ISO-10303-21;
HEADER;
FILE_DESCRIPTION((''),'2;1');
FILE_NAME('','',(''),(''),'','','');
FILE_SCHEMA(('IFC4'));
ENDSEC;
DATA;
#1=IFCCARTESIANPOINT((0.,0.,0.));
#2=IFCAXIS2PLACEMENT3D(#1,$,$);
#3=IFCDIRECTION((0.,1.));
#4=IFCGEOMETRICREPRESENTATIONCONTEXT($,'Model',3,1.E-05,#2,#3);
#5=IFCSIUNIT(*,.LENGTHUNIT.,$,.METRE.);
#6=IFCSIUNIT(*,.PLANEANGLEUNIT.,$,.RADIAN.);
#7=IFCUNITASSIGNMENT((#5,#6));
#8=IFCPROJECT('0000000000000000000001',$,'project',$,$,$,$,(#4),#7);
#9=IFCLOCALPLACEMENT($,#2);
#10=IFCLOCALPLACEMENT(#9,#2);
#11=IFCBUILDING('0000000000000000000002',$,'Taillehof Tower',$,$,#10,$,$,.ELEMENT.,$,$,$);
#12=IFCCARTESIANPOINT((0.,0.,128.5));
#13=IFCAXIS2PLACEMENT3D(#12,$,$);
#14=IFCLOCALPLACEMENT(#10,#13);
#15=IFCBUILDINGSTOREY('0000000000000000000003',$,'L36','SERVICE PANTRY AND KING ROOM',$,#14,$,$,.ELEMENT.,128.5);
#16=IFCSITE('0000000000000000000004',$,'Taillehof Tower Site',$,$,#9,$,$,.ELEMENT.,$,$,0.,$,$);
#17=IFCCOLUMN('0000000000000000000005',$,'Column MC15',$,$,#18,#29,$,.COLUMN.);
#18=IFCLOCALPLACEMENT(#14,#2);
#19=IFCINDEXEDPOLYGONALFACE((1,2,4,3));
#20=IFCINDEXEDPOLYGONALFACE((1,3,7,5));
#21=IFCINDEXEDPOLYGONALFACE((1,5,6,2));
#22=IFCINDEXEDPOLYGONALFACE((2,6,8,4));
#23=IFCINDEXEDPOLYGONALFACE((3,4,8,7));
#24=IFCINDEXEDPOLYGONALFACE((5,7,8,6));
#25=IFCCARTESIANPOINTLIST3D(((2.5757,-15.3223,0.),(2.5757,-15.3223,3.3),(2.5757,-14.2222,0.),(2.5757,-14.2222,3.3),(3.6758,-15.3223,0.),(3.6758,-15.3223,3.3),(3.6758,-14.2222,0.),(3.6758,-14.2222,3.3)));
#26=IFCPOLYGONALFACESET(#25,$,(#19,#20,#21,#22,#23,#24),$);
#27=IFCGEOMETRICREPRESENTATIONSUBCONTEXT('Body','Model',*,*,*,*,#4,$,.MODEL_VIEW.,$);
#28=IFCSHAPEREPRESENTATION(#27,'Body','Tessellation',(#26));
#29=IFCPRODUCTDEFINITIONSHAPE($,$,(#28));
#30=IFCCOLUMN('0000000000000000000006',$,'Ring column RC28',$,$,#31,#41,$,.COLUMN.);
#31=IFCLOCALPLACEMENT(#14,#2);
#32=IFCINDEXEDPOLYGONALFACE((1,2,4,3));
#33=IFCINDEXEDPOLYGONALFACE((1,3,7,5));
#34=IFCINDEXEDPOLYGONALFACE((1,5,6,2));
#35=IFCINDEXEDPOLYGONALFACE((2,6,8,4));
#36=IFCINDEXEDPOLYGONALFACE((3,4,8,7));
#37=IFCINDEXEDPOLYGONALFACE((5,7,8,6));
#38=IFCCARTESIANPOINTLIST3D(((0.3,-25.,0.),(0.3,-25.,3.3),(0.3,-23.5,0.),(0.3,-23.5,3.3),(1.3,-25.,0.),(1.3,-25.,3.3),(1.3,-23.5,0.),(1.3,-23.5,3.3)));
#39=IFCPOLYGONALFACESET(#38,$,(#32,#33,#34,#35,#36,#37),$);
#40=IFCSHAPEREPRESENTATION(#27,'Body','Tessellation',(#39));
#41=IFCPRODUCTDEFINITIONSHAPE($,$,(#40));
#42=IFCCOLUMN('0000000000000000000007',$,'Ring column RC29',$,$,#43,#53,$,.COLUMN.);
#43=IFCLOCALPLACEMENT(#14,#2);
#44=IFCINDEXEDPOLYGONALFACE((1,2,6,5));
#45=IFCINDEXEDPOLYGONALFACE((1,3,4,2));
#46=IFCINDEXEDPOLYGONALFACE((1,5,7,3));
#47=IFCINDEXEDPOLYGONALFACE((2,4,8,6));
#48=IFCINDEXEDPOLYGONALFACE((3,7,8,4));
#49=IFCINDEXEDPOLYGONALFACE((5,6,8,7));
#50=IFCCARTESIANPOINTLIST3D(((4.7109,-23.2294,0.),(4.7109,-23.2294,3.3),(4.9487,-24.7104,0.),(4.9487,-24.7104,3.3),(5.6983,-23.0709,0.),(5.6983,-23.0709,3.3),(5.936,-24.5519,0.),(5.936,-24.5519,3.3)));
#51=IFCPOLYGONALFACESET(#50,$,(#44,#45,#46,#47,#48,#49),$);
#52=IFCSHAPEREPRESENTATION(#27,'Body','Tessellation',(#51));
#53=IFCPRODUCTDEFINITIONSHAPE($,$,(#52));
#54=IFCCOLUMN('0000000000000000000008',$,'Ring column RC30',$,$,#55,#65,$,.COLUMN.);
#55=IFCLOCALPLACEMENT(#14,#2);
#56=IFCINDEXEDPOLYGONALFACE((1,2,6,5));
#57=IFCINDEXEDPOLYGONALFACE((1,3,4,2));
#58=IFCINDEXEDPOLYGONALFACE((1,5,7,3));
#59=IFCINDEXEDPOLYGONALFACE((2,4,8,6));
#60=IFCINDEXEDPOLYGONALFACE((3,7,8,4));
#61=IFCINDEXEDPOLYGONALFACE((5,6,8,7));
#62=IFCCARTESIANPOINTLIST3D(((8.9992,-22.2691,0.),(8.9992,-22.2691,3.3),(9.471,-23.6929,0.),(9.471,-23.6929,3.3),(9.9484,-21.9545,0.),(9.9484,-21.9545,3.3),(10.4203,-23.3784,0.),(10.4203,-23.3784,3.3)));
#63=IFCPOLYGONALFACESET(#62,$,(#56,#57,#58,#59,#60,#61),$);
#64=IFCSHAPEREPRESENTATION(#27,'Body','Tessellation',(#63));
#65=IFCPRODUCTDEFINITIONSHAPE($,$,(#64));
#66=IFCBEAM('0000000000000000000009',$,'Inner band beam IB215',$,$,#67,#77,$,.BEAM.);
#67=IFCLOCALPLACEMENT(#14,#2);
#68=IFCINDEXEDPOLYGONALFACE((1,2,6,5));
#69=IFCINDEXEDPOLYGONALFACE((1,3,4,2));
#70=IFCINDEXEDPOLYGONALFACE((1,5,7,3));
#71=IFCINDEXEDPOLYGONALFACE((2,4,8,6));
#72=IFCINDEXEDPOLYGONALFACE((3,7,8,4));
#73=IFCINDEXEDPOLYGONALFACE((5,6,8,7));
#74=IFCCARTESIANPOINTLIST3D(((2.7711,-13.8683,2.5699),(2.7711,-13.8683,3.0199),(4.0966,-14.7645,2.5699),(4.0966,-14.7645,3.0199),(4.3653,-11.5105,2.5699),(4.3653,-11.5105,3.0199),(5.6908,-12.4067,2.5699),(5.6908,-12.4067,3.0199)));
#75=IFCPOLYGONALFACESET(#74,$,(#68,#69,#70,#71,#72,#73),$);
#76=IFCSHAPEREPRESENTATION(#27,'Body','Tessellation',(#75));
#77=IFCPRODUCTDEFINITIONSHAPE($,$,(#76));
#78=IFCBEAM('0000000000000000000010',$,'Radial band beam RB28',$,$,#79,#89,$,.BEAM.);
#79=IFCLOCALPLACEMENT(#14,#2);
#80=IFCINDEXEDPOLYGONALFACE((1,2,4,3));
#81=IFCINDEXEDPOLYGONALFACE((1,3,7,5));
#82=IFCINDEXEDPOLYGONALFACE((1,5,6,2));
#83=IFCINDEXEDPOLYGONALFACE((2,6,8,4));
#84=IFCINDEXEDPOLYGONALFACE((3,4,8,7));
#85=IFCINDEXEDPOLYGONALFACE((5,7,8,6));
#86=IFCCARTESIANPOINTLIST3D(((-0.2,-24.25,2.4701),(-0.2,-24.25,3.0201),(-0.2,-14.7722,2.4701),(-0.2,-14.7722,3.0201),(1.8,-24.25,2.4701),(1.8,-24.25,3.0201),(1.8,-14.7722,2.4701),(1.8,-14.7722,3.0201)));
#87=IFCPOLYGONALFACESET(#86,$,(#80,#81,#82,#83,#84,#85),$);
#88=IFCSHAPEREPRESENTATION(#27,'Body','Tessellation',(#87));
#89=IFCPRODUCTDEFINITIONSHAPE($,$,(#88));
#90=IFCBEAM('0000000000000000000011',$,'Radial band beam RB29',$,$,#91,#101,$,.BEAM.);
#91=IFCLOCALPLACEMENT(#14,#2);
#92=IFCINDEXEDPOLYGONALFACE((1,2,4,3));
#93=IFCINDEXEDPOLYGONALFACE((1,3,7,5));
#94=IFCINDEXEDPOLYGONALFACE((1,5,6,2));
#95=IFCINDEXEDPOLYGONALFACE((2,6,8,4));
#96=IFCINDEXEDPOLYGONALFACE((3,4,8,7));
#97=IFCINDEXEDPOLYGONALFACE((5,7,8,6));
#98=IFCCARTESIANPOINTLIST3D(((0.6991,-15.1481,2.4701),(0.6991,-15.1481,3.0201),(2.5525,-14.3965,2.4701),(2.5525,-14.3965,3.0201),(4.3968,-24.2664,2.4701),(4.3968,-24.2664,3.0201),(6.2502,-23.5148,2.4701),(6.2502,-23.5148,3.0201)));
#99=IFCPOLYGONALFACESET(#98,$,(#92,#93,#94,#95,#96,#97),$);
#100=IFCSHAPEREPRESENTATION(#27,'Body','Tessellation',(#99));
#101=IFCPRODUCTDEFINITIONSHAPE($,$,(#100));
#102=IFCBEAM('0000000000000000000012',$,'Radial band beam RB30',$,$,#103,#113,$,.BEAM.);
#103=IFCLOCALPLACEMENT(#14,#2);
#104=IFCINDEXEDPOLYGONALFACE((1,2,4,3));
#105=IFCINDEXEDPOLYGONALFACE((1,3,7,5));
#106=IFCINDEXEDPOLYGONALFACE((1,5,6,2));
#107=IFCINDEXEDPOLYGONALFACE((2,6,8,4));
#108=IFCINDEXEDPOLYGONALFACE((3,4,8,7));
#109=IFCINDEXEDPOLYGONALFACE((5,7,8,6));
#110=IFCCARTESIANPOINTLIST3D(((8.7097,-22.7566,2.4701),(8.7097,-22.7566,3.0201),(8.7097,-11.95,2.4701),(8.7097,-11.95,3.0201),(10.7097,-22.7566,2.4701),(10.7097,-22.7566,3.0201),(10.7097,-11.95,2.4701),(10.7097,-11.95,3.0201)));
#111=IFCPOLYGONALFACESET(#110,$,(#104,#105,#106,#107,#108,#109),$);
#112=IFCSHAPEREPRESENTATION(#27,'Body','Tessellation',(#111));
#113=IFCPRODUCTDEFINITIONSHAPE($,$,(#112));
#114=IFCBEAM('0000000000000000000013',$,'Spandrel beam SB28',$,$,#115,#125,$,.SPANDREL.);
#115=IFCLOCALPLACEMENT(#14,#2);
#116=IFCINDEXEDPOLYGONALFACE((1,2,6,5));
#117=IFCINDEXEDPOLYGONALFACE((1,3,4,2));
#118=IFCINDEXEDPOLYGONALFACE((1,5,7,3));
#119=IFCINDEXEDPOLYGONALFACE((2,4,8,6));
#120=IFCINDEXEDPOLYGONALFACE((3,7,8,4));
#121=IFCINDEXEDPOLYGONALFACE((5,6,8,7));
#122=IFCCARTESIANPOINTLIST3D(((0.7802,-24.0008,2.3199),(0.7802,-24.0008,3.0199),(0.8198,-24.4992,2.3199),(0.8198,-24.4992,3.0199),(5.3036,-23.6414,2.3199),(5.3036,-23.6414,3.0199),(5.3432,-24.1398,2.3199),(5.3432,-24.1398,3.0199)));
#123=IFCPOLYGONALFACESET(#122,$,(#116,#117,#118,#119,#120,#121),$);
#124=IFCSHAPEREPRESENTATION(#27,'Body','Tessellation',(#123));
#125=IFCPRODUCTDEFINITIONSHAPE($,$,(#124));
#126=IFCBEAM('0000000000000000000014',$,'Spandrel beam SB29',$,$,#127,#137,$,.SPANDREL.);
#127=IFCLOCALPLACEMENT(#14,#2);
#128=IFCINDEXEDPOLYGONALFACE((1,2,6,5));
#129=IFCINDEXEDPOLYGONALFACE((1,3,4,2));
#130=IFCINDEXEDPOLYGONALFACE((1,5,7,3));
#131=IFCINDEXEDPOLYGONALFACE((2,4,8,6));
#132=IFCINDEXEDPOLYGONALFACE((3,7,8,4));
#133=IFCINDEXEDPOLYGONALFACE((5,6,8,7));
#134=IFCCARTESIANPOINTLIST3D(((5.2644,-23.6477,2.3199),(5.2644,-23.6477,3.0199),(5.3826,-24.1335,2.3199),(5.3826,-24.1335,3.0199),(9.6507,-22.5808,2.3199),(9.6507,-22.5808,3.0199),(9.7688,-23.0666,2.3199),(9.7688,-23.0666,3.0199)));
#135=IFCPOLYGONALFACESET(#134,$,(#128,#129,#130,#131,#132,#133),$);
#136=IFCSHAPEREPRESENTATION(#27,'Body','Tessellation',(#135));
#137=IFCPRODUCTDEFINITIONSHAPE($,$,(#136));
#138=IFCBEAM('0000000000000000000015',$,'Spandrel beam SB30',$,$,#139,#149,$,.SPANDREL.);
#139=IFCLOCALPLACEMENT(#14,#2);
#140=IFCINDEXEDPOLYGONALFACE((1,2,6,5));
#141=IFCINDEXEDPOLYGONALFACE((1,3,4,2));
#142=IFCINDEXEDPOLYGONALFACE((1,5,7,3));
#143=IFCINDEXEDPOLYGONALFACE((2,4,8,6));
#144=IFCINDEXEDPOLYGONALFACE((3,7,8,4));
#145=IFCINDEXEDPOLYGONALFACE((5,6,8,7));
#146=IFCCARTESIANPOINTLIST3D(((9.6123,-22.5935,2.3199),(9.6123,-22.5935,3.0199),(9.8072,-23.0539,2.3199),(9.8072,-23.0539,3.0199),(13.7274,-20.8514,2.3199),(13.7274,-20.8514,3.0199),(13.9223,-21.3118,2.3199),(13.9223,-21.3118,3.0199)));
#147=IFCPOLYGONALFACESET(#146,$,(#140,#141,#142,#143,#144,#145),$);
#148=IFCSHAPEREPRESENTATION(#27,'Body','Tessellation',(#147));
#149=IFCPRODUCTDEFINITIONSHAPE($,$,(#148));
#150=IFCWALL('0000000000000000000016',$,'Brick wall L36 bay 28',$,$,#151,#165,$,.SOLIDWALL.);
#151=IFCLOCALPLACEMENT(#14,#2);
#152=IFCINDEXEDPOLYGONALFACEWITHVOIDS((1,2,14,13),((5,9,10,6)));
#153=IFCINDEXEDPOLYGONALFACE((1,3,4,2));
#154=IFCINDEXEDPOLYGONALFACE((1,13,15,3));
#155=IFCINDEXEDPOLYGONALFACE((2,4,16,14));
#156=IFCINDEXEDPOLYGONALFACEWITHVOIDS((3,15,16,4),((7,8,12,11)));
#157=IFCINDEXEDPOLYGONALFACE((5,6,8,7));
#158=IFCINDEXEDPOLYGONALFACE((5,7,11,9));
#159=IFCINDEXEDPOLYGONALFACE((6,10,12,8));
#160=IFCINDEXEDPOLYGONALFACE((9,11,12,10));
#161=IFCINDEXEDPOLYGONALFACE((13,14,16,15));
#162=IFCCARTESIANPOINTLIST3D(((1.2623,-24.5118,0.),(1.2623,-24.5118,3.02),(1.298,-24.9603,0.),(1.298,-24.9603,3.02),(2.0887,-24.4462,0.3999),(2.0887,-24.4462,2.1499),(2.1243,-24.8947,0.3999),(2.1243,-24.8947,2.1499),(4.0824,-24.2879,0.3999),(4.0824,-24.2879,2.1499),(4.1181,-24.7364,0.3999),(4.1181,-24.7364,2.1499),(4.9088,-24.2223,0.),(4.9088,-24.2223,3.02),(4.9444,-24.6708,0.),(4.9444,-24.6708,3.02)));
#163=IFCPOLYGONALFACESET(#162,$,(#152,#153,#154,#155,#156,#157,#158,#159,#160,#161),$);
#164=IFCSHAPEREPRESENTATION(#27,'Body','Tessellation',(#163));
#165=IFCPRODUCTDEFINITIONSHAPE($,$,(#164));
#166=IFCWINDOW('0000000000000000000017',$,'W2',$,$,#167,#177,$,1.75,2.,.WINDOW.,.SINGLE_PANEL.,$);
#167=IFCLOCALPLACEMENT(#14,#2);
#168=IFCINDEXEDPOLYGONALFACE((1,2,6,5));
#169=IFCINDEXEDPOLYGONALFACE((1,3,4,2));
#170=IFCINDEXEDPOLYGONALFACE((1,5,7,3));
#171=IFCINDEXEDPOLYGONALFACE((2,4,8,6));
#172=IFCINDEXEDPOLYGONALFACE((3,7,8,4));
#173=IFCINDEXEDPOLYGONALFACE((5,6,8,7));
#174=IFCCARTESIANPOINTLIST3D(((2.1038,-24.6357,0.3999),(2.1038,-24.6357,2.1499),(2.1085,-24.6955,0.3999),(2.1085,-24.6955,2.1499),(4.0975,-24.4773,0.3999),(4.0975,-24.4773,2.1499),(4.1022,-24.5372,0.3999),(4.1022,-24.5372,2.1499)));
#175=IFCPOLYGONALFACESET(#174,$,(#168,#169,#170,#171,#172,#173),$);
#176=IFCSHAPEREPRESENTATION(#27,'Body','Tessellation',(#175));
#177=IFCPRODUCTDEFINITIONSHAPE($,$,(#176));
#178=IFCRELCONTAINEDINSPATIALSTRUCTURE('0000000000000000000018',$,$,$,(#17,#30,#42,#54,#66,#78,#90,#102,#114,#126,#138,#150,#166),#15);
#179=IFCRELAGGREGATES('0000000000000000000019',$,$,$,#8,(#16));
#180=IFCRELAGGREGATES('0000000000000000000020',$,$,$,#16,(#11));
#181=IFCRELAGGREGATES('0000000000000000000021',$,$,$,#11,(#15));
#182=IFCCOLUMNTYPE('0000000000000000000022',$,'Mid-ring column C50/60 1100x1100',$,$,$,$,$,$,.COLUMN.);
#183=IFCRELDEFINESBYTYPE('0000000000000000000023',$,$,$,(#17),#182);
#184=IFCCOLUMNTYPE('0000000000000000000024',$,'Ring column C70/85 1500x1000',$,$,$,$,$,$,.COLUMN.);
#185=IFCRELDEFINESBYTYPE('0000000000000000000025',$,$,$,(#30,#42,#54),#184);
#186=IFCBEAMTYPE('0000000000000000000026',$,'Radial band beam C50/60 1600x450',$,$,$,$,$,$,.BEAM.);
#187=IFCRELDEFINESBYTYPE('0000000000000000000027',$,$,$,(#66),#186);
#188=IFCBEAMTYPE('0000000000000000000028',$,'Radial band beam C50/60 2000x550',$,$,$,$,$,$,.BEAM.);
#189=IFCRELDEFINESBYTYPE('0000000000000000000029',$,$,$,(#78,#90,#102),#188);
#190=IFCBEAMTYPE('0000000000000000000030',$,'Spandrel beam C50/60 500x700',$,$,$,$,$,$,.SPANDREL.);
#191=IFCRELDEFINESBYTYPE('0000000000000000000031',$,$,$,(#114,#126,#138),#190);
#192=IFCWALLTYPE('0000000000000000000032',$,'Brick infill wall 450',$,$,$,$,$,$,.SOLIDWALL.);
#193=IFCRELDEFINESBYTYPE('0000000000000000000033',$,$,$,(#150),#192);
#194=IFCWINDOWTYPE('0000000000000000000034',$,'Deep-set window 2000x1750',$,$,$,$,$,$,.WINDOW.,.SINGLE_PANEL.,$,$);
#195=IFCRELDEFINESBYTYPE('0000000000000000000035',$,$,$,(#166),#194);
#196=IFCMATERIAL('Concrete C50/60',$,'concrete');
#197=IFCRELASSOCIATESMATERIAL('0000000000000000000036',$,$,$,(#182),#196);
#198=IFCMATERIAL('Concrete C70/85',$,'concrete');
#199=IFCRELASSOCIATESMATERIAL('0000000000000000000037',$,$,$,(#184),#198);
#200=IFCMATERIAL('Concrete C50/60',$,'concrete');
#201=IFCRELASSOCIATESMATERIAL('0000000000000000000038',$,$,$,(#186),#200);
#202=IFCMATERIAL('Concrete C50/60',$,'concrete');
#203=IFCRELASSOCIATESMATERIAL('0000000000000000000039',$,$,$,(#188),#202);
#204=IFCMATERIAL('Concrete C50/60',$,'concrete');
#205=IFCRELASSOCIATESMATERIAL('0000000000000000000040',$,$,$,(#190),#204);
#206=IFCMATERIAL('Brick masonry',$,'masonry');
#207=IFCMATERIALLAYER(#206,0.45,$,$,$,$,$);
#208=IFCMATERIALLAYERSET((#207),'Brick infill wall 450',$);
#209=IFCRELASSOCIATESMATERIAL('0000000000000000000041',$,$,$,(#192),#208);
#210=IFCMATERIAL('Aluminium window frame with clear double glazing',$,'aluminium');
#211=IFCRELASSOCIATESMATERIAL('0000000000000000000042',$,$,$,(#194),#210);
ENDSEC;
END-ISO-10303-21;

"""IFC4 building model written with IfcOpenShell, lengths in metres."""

from ifc_helpers import new_model, si_unit, direction, frame, frame_2d, origin, origin_2d, place, context, subcontext, project, spatial, rectangle, extrude, material, layer, layer_set, material_profile, profile_set, type_object, element, fill, save


model = new_model("IFC4")

# Units and contexts
model_context = context("Model", 3, precision=1e-05, world=origin(), true_north=direction((0.0, 1.0)))
body_context = subcontext(model_context, "Body", "Model", "MODEL_VIEW")
ifc_project = project(units=[si_unit("LENGTHUNIT", "METRE"), si_unit("PLANEANGLEUNIT", "RADIAN")], contexts=[model_context])

# Site, building, storey
site_placement = place(None, origin())
site = spatial("IfcSite", under=ifc_project, at=site_placement, Name="Taillehof Tower Site", CompositionType="ELEMENT", RefElevation=0.0)
building_placement = place(site_placement, origin())
building = spatial("IfcBuilding", under=site, at=building_placement, Name="Taillehof Tower", CompositionType="ELEMENT")
storey_placement = place(building_placement, frame((0.0, 0.0, 128.5)))
storey = spatial("IfcBuildingStorey", under=building, at=storey_placement, Name="L36", Description="SERVICE PANTRY AND KING ROOM", CompositionType="ELEMENT", Elevation=128.5)

# Columns
ifc_material_1 = material(Name="Concrete C50/60", Category="concrete")
ifc_material_profile_1 = material_profile(ifc_material_1, rectangle(XDim=1.1001, YDim=1.1001, at=origin_2d()), Name="RC 1100x1100")
ifc_profile_set_1 = profile_set([ifc_material_profile_1], Name="Concrete C50/60")
column_type_1 = type_object("IfcColumnType", Name="Mid-ring column C50/60 1100x1100", PredefinedType="COLUMN", material=ifc_profile_set_1)
column_placement = place(storey_placement, frame((3.1257, -14.7722, 0.0), z_axis=(0.0, 0.0, 1.0), x_axis=(1.0, 0.0, 0.0)))
element("IfcColumn", 1, at=column_placement, inside=storey, type_object=column_type_1, Name="Column MC15", PredefinedType="COLUMN", context=body_context, shape_type="SweptSolid", body=[
    extrude(rectangle(XDim=1.1001, YDim=1.1001, at=origin_2d()), origin(), (0.0, 0.0, 1.0), 3.3),
])
ifc_material_2 = material(Name="Concrete C70/85", Category="concrete")
ifc_material_profile_2 = material_profile(ifc_material_2, rectangle(XDim=1.5, YDim=1.0, at=origin_2d()), Name="RC 1500x1000")
ifc_profile_set_2 = profile_set([ifc_material_profile_2], Name="Concrete C70/85")
column_type_2 = type_object("IfcColumnType", Name="Ring column C70/85 1500x1000", PredefinedType="COLUMN", material=ifc_profile_set_2)
for number, where, z_axis, x_axis, name in (
    (2, (0.8, -24.25, 0.0), (0.0, 0.0, 1.0), (0.0, -1.0, 0.0), "Ring column RC28"),
    (3, (5.3235, -23.8906, 0.0), (0.0, 0.0, 1.0), (0.158507, -0.987358, 0.0), "Ring column RC29"),
    (4, (9.7097, -22.8237, 0.0), (0.0, 0.0, 1.0), (0.314555, -0.949239, 0.0), "Ring column RC30"),
):
    element("IfcColumn", number, at=place(storey_placement, frame(where, z_axis=z_axis, x_axis=x_axis)), inside=storey, type_object=column_type_2, Name=name, PredefinedType="COLUMN", context=body_context, shape_type="SweptSolid", body=[
        extrude(rectangle(XDim=1.5, YDim=1.0, at=origin_2d()), origin(), (0.0, 0.0, 1.0), 3.3),
    ])

# Beams
ifc_material_3 = material(Name="Concrete C50/60", Category="concrete")
ifc_material_profile_3 = material_profile(ifc_material_3, rectangle(XDim=1.6001, YDim=0.45, at=origin_2d()), Name="RC 1600x450")
ifc_profile_set_3 = profile_set([ifc_material_profile_3], Name="Concrete C50/60")
beam_type_1 = type_object("IfcBeamType", Name="Radial band beam C50/60 1600x450", PredefinedType="BEAM", material=ifc_profile_set_3)
beam_1_placement = place(storey_placement, frame((3.4338, -14.3164, 2.7949), z_axis=(0.560112, 0.828417, 0.0), x_axis=(-0.828417, 0.560112, 0.0)))
element("IfcBeam", 5, at=beam_1_placement, inside=storey, type_object=beam_type_1, Name="Inner band beam IB215", PredefinedType="BEAM", context=body_context, shape_type="SweptSolid", body=[
    extrude(rectangle(XDim=1.6001, YDim=0.45, at=origin_2d()), origin(), (0.0, 0.0, 1.0), 2.8462),
])
ifc_material_4 = material(Name="Concrete C50/60", Category="concrete")
ifc_material_profile_4 = material_profile(ifc_material_4, rectangle(XDim=2.0, YDim=0.55, at=origin_2d()), Name="RC 2000x550")
ifc_profile_set_4 = profile_set([ifc_material_profile_4], Name="Concrete C50/60")
beam_type_2 = type_object("IfcBeamType", Name="Radial band beam C50/60 2000x550", PredefinedType="BEAM", material=ifc_profile_set_4)
beam_2_placement = place(storey_placement, frame((0.8, -24.25, 2.7451), z_axis=(0.0, 1.0, 0.0), x_axis=(-1.0, 0.0, 0.0)))
element("IfcBeam", 6, at=beam_2_placement, inside=storey, type_object=beam_type_2, Name="Radial band beam RB28", PredefinedType="BEAM", context=body_context, shape_type="SweptSolid", body=[
    extrude(rectangle(XDim=2.0, YDim=0.55, at=origin_2d()), origin(), (0.0, 0.0, 1.0), 9.4778),
])
beam_3_placement = place(storey_placement, frame((5.3235, -23.8906, 2.7451), z_axis=(-0.375801, 0.9267, 0.0), x_axis=(-0.9267, -0.375801, 0.0)))
element("IfcBeam", 7, at=beam_3_placement, inside=storey, type_object=beam_type_2, Name="Radial band beam RB29", PredefinedType="BEAM", context=body_context, shape_type="SweptSolid", body=[
    extrude(rectangle(XDim=2.0, YDim=0.55, at=origin_2d()), origin(), (0.0, 0.0, 1.0), 9.8396),
])
beam_4_placement = place(storey_placement, frame((9.7097, -22.7566, 2.7451), z_axis=(0.0, 1.0, 0.0), x_axis=(-1.0, 0.0, 0.0)))
element("IfcBeam", 8, at=beam_4_placement, inside=storey, type_object=beam_type_2, Name="Radial band beam RB30", PredefinedType="BEAM", context=body_context, shape_type="SweptSolid", body=[
    extrude(rectangle(XDim=2.0, YDim=0.55, at=origin_2d()), origin(), (0.0, 0.0, 1.0), 10.8066),
])
ifc_material_5 = material(Name="Concrete C50/60", Category="concrete")
ifc_material_profile_5 = material_profile(ifc_material_5, rectangle(XDim=0.5, YDim=0.7, at=origin_2d()), Name="RC 500x700")
ifc_profile_set_5 = profile_set([ifc_material_profile_5], Name="Concrete C50/60")
beam_type_3 = type_object("IfcBeamType", Name="Spandrel beam C50/60 500x700", PredefinedType="SPANDREL", material=ifc_profile_set_5)
beam_5_placement = place(storey_placement, frame((0.8, -24.25, 2.6699), z_axis=(0.996859, 0.079198, 0.0), x_axis=(-0.079198, 0.996859, 0.0)))
element("IfcBeam", 9, at=beam_5_placement, inside=storey, type_object=beam_type_3, Name="Spandrel beam SB28", PredefinedType="SPANDREL", context=body_context, shape_type="SweptSolid", body=[
    extrude(rectangle(XDim=0.5, YDim=0.7, at=origin_2d()), origin(), (0.0, 0.0, 1.0), 4.5376),
])
beam_6_placement = place(storey_placement, frame((5.3235, -23.8906, 2.6699), z_axis=(0.971669, 0.236346, 0.0), x_axis=(-0.236346, 0.971669, 0.0)))
element("IfcBeam", 10, at=beam_6_placement, inside=storey, type_object=beam_type_3, Name="Spandrel beam SB29", PredefinedType="SPANDREL", context=body_context, shape_type="SweptSolid", body=[
    extrude(rectangle(XDim=0.5, YDim=0.7, at=origin_2d()), origin(), (0.0, 0.0, 1.0), 4.5142),
])
beam_7_placement = place(storey_placement, frame((9.7097, -22.8237, 2.6699), z_axis=(0.920877, 0.389854, 0.0), x_axis=(-0.389854, 0.920877, 0.0)))
element("IfcBeam", 11, at=beam_7_placement, inside=storey, type_object=beam_type_3, Name="Spandrel beam SB30", PredefinedType="SPANDREL", context=body_context, shape_type="SweptSolid", body=[
    extrude(rectangle(XDim=0.5, YDim=0.7, at=origin_2d()), origin(), (0.0, 0.0, 1.0), 4.4688),
])

# Wall, opening, window
ifc_material_6 = material(Name="Brick masonry", Category="masonry")
ifc_layer_1 = layer(ifc_material_6, 0.45)
ifc_layer_set_1 = layer_set([ifc_layer_1], Name="Brick infill wall 450")
wall_type_1 = type_object("IfcWallType", Name="Brick infill wall 450", PredefinedType="SOLIDWALL", material=ifc_layer_set_1)
wall_1_placement = place(storey_placement, frame((1.28, -24.7361, 0.0), z_axis=(0.0, 0.0, 1.0), x_axis=(0.996862, 0.079156, 0.0)))
wall_1 = element("IfcWall", 12, at=wall_1_placement, inside=storey, type_object=wall_type_1, Name="Brick wall L36 bay 28", PredefinedType="SOLIDWALL", context=body_context, shape_type="SweptSolid", body=[
    extrude(rectangle(XDim=3.658, YDim=0.45, at=frame_2d((1.8291, 0.0))), origin(), (0.0, 0.0, 1.0), 3.02),
])
opening_1_placement = place(wall_1_placement, frame((0.8291, 0.0, 0.3999)))
opening_1 = element("IfcOpeningElement", 13, at=opening_1_placement, cuts=wall_1, PredefinedType="OPENING", context=body_context, shape_type="SweptSolid", body=[
    extrude(rectangle(XDim=2.0, YDim=1.75, at=frame_2d((1.0, 0.875))), frame((0.0, 0.2349, 0.0), z_axis=(0.0, -1.0, 0.0), x_axis=(1.0, 0.0, 0.0)), (0.0, 0.0, 1.0), 0.47),
])
ifc_material_7 = material(Name="Aluminium window frame with clear double glazing", Category="aluminium")
window_type = type_object("IfcWindowType", Name="Deep-set window 2000x1750", PartitioningType="SINGLE_PANEL", PredefinedType="WINDOW", material=ifc_material_7)
window_1_placement = place(opening_1_placement, origin())
window_1 = element("IfcWindow", 14, at=window_1_placement, inside=storey, type_object=window_type, Name="W2", OverallHeight=1.75, OverallWidth=2.0, PartitioningType="SINGLE_PANEL", PredefinedType="WINDOW", context=body_context, shape_type="SweptSolid", body=[
    extrude(rectangle(XDim=2.0, YDim=1.75, at=frame_2d((1.0, 0.875))), frame((0.0, 0.0349, 0.0), z_axis=(0.0, -1.0, 0.0), x_axis=(1.0, 0.0, 0.0)), (0.0, 0.0, 1.0), 0.0601),
])
fill(opening_1, window_1)

save(model, "model.ifc")
